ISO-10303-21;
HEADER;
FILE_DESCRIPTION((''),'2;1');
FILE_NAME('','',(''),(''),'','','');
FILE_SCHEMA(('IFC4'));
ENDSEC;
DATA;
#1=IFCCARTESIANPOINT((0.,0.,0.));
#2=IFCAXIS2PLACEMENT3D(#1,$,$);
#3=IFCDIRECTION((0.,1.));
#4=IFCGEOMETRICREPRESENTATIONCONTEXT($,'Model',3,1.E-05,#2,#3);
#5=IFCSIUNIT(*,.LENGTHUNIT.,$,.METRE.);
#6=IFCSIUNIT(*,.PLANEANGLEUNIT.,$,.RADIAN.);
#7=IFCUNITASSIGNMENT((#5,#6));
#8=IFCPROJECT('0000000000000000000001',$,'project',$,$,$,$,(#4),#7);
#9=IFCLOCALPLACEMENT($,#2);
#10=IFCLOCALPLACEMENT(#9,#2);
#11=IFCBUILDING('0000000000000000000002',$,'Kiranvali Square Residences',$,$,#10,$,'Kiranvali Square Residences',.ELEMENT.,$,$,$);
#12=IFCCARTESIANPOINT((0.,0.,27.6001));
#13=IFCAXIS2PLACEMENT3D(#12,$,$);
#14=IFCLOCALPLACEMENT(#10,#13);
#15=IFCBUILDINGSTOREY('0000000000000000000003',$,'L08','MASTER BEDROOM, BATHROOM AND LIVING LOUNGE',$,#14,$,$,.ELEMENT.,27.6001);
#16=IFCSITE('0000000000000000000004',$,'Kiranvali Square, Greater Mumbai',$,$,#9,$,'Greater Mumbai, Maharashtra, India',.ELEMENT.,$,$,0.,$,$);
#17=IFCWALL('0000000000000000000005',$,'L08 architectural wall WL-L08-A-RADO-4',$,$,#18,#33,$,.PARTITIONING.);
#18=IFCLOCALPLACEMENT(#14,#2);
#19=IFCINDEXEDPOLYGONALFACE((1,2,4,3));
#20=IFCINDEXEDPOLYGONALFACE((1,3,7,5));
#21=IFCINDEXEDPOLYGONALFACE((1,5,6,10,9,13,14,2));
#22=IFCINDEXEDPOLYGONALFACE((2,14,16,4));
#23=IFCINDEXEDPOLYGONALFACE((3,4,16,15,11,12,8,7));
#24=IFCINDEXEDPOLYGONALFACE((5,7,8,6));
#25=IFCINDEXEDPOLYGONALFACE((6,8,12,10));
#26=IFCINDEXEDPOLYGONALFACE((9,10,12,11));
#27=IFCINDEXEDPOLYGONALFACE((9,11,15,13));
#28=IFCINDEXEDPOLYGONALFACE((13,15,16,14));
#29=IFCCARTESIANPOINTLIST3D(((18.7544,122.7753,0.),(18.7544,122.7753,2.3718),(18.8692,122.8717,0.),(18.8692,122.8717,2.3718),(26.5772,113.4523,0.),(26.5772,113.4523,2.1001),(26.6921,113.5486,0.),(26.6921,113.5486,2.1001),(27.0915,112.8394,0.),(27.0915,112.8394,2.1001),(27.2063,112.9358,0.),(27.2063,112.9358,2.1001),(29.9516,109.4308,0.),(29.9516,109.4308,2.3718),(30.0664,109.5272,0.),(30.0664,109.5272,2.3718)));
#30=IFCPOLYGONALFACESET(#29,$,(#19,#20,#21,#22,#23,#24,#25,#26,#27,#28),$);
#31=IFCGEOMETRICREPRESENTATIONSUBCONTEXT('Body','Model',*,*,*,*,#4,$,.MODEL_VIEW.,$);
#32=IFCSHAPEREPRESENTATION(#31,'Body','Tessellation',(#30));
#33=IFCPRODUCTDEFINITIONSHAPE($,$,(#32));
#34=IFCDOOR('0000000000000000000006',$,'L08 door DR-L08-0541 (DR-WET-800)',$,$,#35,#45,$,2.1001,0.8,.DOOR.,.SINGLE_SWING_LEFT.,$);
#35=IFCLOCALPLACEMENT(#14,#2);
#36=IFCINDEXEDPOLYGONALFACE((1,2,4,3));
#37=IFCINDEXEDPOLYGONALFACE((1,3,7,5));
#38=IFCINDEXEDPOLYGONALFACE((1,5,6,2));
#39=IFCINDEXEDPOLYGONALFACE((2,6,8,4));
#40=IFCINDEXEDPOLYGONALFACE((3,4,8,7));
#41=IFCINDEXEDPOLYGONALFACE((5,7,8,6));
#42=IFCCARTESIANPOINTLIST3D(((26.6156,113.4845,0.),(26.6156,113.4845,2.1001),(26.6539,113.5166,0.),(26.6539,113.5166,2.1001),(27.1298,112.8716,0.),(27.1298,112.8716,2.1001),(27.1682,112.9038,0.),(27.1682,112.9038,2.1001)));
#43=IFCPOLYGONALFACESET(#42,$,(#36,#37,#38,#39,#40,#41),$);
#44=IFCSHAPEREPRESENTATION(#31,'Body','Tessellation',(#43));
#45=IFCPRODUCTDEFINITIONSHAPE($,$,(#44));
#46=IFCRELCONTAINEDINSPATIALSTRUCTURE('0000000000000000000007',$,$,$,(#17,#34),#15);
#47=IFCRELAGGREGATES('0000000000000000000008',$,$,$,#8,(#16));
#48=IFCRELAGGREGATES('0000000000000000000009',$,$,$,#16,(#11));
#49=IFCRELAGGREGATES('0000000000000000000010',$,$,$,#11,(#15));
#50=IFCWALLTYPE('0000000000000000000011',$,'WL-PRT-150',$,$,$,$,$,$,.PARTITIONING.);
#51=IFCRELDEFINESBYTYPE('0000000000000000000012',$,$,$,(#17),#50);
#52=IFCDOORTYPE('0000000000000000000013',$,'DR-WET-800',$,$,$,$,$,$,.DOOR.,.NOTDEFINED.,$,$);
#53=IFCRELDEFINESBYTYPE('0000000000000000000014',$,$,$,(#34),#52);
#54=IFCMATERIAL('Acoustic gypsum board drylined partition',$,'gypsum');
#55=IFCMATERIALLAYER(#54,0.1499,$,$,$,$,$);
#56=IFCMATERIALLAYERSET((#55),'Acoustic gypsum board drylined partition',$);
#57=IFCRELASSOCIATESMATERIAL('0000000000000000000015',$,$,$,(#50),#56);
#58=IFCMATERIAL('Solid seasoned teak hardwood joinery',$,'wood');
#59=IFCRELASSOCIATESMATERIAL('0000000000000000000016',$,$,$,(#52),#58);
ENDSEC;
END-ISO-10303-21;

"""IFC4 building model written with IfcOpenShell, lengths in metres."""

from ifc_helpers import new_model, si_unit, direction, frame, frame_2d, origin, place, context, subcontext, project, spatial, rectangle, extrude, material, layer, layer_set, type_object, element, fill, save


model = new_model("IFC4")

# Units and contexts
model_context = context("Model", 3, precision=1e-05, world=origin(), true_north=direction((0.0, 1.0)))
body_context = subcontext(model_context, "Body", "Model", "MODEL_VIEW")
ifc_project = project(units=[si_unit("LENGTHUNIT", "METRE"), si_unit("PLANEANGLEUNIT", "RADIAN")], contexts=[model_context])

# Site, building, storey
site_placement = place(None, origin())
site = spatial("IfcSite", under=ifc_project, at=site_placement, Name="Kiranvali Square, Greater Mumbai", LongName="Greater Mumbai, Maharashtra, India", CompositionType="ELEMENT", RefElevation=0.0)
building_placement = place(site_placement, origin())
building = spatial("IfcBuilding", under=site, at=building_placement, Name="Kiranvali Square Residences", LongName="Kiranvali Square Residences", CompositionType="ELEMENT")
storey_placement = place(building_placement, frame((0.0, 0.0, 27.6001)))
storey = spatial("IfcBuildingStorey", under=building, at=storey_placement, Name="L08", Description="MASTER BEDROOM, BATHROOM AND LIVING LOUNGE", CompositionType="ELEMENT", Elevation=27.6001)

# Wall, opening, door
ifc_material_1 = material(Name="Acoustic gypsum board drylined partition", Category="gypsum")
ifc_layer_1 = layer(ifc_material_1, 0.1499)
ifc_layer_set_1 = layer_set([ifc_layer_1], Name="Acoustic gypsum board drylined partition")
wall_type_1 = type_object("IfcWallType", Name="WL-PRT-150", PredefinedType="PARTITIONING", material=ifc_layer_set_1)
wall_1_placement = place(storey_placement, frame((30.009, 109.479, 0.0), z_axis=(0.0, 0.0, 1.0), x_axis=(-0.642785, 0.766047, 0.0)))
wall_1 = element("IfcWall", 1, at=wall_1_placement, inside=storey, type_object=wall_type_1, Name="L08 architectural wall WL-L08-A-RADO-4", PredefinedType="PARTITIONING", context=body_context, shape_type="SweptSolid", body=[
    extrude(rectangle(XDim=17.4199, YDim=0.1499, at=frame_2d((8.71, 0.0))), origin(), (0.0, 0.0, 1.0), 2.3718),
])
opening_1_placement = place(wall_1_placement, frame((4.4497, 0.0, 0.0)))
opening_1 = element("IfcOpeningElement", 2, at=opening_1_placement, cuts=wall_1, PredefinedType="OPENING", context=body_context, shape_type="SweptSolid", body=[
    extrude(rectangle(XDim=0.8, YDim=2.1001, at=frame_2d((0.3999, 1.05))), frame((0.0, 0.085, 0.0), z_axis=(0.0, -1.0, 0.0), x_axis=(1.0, 0.0, 0.0)), (0.0, 0.0, 1.0), 0.1699),
])
ifc_material_2 = material(Name="Solid seasoned teak hardwood joinery", Category="wood")
door_type_1 = type_object("IfcDoorType", Name="DR-WET-800", OperationType="NOTDEFINED", PredefinedType="DOOR", material=ifc_material_2)
door_1_placement = place(opening_1_placement, origin())
door_1 = element("IfcDoor", 3, at=door_1_placement, inside=storey, type_object=door_type_1, Name="L08 door DR-L08-0541 (DR-WET-800)", OperationType="SINGLE_SWING_LEFT", OverallHeight=2.1001, OverallWidth=0.8, PredefinedType="DOOR", context=body_context, shape_type="SweptSolid", body=[
    extrude(rectangle(XDim=0.8, YDim=2.1001, at=frame_2d((0.3999, 1.05))), frame((0.0, 0.0249, 0.0), z_axis=(0.0, -1.0, 0.0), x_axis=(1.0, 0.0, 0.0)), (0.0, 0.0, 1.0), 0.05),
])
fill(opening_1, door_1)

save(model, "model.ifc")
